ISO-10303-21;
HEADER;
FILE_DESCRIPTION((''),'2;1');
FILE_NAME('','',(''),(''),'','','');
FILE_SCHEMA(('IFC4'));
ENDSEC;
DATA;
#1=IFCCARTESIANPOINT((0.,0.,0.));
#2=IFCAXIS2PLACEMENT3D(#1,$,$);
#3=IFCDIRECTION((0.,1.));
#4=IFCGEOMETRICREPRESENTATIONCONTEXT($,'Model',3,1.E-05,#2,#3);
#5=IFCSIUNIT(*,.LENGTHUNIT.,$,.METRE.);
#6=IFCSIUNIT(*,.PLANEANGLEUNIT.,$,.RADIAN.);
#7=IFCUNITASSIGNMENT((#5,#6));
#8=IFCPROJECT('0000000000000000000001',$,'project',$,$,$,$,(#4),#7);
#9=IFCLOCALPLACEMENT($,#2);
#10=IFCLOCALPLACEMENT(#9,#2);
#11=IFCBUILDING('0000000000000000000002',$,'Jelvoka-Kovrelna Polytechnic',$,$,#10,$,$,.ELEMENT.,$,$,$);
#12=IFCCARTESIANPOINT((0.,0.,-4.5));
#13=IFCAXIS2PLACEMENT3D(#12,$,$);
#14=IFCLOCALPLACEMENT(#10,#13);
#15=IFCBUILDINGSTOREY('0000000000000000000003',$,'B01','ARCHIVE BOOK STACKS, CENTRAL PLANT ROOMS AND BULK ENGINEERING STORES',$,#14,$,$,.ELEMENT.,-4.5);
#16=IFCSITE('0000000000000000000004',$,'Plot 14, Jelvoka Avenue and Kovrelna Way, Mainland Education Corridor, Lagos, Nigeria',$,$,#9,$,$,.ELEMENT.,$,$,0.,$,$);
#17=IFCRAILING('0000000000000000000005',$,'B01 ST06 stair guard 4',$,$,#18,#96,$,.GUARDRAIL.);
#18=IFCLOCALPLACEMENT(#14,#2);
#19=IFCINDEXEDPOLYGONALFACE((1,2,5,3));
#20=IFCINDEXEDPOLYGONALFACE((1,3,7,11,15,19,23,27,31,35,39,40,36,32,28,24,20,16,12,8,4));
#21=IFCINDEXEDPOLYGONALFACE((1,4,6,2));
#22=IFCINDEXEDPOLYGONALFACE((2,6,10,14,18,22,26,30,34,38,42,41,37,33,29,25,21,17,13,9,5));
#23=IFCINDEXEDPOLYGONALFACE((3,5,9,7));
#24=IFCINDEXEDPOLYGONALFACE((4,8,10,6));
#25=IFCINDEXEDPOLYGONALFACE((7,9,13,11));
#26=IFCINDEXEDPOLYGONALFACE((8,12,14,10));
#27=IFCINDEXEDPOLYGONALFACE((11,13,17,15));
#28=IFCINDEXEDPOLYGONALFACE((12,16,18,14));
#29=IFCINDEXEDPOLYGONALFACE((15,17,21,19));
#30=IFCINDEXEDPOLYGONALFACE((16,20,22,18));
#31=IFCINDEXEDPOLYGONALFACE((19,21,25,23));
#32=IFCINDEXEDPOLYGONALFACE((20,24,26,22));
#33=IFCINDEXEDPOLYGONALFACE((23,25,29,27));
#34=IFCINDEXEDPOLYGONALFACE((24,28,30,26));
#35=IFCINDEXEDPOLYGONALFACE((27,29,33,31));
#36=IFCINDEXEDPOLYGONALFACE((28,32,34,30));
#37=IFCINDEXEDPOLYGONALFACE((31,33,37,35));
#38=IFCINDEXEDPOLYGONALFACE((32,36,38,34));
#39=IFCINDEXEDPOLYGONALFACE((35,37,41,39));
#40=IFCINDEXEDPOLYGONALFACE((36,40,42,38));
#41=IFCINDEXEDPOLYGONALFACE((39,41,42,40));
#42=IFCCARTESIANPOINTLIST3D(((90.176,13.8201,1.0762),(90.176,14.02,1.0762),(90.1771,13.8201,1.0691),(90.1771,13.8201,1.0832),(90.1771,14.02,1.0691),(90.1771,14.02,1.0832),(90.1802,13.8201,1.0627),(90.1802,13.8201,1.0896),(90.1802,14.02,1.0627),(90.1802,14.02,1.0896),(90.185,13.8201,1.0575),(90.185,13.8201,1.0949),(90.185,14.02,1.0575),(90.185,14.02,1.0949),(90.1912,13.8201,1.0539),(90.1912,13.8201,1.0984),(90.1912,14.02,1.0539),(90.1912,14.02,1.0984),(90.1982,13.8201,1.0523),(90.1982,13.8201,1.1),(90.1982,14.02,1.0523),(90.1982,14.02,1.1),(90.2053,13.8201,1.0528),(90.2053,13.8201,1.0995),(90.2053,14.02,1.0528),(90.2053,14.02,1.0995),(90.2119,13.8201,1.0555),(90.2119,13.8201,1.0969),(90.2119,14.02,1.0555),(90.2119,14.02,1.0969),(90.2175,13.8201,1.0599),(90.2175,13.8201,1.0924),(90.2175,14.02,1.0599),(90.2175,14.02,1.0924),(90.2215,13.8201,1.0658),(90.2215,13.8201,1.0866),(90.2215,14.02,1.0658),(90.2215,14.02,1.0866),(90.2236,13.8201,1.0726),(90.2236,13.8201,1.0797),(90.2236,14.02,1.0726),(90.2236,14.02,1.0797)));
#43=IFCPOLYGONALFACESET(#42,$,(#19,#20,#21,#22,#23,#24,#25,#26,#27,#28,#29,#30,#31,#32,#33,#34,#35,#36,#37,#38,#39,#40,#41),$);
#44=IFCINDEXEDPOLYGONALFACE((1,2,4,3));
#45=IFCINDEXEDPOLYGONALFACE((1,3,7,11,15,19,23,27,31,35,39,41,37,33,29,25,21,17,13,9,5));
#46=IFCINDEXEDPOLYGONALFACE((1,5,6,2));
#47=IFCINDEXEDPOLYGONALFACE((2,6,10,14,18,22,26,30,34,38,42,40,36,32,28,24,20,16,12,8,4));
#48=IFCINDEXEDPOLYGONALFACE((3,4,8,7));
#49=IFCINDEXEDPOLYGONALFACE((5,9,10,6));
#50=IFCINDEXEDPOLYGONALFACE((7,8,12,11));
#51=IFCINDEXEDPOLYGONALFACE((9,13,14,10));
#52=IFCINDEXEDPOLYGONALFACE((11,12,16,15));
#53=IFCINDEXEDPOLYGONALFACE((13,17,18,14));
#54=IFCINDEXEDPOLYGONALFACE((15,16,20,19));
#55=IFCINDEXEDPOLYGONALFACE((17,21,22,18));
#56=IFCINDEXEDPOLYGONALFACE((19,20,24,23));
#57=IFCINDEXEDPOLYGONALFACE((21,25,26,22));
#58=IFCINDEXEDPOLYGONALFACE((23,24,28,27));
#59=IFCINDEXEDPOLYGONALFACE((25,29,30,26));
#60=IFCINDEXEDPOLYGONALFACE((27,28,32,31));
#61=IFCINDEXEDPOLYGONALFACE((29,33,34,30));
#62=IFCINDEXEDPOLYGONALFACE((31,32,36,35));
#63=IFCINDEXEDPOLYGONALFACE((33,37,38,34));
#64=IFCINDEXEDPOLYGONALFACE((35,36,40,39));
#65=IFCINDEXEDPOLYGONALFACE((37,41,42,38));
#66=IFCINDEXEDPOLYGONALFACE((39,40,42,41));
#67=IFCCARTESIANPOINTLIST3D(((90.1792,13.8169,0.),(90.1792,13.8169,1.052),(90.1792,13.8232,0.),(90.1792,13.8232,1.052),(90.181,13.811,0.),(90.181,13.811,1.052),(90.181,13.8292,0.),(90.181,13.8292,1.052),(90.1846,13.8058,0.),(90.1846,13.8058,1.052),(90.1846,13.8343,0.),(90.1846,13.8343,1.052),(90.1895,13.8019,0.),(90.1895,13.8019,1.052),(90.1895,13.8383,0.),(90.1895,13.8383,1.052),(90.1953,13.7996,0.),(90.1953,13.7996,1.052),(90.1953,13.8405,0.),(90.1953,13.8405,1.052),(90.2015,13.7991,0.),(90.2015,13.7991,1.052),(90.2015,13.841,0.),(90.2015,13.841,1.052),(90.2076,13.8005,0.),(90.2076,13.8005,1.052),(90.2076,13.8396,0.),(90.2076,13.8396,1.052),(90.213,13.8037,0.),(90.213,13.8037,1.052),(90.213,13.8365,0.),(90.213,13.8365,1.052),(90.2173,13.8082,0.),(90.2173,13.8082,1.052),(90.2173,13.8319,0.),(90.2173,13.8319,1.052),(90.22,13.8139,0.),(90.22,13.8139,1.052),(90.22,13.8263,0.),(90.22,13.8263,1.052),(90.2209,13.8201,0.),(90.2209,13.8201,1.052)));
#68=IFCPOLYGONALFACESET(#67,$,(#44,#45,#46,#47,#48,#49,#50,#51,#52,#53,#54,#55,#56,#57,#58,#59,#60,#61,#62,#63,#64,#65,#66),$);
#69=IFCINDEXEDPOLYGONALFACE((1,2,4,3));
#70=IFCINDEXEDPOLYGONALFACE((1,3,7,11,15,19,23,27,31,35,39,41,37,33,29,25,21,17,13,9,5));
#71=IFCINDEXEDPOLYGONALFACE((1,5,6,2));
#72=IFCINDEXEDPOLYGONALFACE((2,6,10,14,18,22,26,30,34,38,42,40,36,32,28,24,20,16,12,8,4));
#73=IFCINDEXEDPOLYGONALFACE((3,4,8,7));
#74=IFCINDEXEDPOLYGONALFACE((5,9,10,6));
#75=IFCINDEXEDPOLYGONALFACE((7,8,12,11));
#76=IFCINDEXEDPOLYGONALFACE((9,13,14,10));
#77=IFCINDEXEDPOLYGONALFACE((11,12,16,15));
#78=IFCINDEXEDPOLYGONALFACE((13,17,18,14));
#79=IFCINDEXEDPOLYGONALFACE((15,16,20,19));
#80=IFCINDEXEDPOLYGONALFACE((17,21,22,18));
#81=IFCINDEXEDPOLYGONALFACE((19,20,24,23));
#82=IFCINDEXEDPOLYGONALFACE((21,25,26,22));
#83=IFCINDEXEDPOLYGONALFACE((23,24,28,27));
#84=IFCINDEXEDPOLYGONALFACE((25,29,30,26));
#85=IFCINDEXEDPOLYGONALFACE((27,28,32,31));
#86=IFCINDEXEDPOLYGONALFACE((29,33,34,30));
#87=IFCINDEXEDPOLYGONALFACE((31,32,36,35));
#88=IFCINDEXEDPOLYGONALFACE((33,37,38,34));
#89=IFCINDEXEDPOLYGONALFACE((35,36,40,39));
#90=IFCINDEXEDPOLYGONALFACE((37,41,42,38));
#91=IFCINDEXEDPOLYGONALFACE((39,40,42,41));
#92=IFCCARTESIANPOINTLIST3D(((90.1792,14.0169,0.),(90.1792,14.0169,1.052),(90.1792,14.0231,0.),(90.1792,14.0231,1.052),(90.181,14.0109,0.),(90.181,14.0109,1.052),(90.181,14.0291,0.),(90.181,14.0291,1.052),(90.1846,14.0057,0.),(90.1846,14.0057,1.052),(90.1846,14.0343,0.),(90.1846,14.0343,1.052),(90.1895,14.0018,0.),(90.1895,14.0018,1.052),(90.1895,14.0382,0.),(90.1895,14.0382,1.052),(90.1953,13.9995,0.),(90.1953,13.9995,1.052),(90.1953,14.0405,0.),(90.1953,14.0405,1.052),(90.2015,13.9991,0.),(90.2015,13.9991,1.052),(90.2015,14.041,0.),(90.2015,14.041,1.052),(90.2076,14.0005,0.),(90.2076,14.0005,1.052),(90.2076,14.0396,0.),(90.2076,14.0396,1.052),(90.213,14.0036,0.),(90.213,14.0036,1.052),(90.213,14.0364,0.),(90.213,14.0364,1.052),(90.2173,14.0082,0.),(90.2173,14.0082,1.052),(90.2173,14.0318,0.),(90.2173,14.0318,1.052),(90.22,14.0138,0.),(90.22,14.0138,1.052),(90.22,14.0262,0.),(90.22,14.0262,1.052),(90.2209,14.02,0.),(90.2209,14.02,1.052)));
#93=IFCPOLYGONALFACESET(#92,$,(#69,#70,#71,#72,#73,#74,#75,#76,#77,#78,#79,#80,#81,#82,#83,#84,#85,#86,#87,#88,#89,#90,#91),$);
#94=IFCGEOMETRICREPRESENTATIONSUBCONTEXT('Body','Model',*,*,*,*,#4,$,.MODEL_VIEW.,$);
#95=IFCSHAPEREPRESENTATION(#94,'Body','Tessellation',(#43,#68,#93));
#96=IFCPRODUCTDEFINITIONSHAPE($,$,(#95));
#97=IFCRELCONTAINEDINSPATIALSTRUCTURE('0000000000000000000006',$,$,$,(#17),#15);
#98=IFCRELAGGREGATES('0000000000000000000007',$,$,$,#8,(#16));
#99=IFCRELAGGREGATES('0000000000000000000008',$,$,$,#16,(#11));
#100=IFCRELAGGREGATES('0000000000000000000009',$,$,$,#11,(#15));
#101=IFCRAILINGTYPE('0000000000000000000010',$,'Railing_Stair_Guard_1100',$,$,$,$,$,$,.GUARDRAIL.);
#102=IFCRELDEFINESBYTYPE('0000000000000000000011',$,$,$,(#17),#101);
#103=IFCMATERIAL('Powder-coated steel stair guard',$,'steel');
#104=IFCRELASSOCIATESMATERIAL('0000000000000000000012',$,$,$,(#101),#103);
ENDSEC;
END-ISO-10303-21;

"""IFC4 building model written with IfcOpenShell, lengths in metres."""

from ifc_helpers import new_model, si_unit, direction, frame, origin, origin_2d, place, context, subcontext, project, spatial, circle, extrude, material, type_object, element, save


model = new_model("IFC4")

# Units and contexts
model_context = context("Model", 3, precision=1e-05, world=origin(), true_north=direction((0.0, 1.0)))
body_context = subcontext(model_context, "Body", "Model", "MODEL_VIEW")
ifc_project = project(units=[si_unit("LENGTHUNIT", "METRE"), si_unit("PLANEANGLEUNIT", "RADIAN")], contexts=[model_context])

# Site, building, storey
site_placement = place(None, origin())
site = spatial("IfcSite", under=ifc_project, at=site_placement, Name="Plot 14, Jelvoka Avenue and Kovrelna Way, Mainland Education Corridor, Lagos, Nigeria", CompositionType="ELEMENT", RefElevation=0.0)
building_placement = place(site_placement, origin())
building = spatial("IfcBuilding", under=site, at=building_placement, Name="Jelvoka-Kovrelna Polytechnic", CompositionType="ELEMENT")
storey_placement = place(building_placement, frame((0.0, 0.0, -4.5)))
storey = spatial("IfcBuildingStorey", under=building, at=storey_placement, Name="B01", Description="ARCHIVE BOOK STACKS, CENTRAL PLANT ROOMS AND BULK ENGINEERING STORES", CompositionType="ELEMENT", Elevation=-4.5)

# Railing
ifc_material_1 = material(Name="Powder-coated steel stair guard", Category="steel")
railing_type_1 = type_object("IfcRailingType", Name="Railing_Stair_Guard_1100", PredefinedType="GUARDRAIL", material=ifc_material_1)
railing_1_placement = place(storey_placement, frame((90.2, 13.8201, 0.0)))
element("IfcRailing", 1, at=railing_1_placement, inside=storey, type_object=railing_type_1, Name="B01 ST06 stair guard 4", PredefinedType="GUARDRAIL", context=body_context, shape_type="SweptSolid", body=[
    extrude(circle(Radius=0.0239, at=origin_2d()), frame((0.0, 0.0, 1.0762), z_axis=(0.0, 1.0, 0.0), x_axis=(-1.0, 0.0, 0.0)), (0.0, 0.0, 1.0), 0.2),
    extrude(circle(Radius=0.021, at=origin_2d()), origin(), (0.0, 0.0, 1.0), 1.052),
    extrude(circle(Radius=0.021, at=origin_2d()), frame((0.0, 0.2, 0.0)), (0.0, 0.0, 1.0), 1.052),
])

save(model, "model.ifc")
